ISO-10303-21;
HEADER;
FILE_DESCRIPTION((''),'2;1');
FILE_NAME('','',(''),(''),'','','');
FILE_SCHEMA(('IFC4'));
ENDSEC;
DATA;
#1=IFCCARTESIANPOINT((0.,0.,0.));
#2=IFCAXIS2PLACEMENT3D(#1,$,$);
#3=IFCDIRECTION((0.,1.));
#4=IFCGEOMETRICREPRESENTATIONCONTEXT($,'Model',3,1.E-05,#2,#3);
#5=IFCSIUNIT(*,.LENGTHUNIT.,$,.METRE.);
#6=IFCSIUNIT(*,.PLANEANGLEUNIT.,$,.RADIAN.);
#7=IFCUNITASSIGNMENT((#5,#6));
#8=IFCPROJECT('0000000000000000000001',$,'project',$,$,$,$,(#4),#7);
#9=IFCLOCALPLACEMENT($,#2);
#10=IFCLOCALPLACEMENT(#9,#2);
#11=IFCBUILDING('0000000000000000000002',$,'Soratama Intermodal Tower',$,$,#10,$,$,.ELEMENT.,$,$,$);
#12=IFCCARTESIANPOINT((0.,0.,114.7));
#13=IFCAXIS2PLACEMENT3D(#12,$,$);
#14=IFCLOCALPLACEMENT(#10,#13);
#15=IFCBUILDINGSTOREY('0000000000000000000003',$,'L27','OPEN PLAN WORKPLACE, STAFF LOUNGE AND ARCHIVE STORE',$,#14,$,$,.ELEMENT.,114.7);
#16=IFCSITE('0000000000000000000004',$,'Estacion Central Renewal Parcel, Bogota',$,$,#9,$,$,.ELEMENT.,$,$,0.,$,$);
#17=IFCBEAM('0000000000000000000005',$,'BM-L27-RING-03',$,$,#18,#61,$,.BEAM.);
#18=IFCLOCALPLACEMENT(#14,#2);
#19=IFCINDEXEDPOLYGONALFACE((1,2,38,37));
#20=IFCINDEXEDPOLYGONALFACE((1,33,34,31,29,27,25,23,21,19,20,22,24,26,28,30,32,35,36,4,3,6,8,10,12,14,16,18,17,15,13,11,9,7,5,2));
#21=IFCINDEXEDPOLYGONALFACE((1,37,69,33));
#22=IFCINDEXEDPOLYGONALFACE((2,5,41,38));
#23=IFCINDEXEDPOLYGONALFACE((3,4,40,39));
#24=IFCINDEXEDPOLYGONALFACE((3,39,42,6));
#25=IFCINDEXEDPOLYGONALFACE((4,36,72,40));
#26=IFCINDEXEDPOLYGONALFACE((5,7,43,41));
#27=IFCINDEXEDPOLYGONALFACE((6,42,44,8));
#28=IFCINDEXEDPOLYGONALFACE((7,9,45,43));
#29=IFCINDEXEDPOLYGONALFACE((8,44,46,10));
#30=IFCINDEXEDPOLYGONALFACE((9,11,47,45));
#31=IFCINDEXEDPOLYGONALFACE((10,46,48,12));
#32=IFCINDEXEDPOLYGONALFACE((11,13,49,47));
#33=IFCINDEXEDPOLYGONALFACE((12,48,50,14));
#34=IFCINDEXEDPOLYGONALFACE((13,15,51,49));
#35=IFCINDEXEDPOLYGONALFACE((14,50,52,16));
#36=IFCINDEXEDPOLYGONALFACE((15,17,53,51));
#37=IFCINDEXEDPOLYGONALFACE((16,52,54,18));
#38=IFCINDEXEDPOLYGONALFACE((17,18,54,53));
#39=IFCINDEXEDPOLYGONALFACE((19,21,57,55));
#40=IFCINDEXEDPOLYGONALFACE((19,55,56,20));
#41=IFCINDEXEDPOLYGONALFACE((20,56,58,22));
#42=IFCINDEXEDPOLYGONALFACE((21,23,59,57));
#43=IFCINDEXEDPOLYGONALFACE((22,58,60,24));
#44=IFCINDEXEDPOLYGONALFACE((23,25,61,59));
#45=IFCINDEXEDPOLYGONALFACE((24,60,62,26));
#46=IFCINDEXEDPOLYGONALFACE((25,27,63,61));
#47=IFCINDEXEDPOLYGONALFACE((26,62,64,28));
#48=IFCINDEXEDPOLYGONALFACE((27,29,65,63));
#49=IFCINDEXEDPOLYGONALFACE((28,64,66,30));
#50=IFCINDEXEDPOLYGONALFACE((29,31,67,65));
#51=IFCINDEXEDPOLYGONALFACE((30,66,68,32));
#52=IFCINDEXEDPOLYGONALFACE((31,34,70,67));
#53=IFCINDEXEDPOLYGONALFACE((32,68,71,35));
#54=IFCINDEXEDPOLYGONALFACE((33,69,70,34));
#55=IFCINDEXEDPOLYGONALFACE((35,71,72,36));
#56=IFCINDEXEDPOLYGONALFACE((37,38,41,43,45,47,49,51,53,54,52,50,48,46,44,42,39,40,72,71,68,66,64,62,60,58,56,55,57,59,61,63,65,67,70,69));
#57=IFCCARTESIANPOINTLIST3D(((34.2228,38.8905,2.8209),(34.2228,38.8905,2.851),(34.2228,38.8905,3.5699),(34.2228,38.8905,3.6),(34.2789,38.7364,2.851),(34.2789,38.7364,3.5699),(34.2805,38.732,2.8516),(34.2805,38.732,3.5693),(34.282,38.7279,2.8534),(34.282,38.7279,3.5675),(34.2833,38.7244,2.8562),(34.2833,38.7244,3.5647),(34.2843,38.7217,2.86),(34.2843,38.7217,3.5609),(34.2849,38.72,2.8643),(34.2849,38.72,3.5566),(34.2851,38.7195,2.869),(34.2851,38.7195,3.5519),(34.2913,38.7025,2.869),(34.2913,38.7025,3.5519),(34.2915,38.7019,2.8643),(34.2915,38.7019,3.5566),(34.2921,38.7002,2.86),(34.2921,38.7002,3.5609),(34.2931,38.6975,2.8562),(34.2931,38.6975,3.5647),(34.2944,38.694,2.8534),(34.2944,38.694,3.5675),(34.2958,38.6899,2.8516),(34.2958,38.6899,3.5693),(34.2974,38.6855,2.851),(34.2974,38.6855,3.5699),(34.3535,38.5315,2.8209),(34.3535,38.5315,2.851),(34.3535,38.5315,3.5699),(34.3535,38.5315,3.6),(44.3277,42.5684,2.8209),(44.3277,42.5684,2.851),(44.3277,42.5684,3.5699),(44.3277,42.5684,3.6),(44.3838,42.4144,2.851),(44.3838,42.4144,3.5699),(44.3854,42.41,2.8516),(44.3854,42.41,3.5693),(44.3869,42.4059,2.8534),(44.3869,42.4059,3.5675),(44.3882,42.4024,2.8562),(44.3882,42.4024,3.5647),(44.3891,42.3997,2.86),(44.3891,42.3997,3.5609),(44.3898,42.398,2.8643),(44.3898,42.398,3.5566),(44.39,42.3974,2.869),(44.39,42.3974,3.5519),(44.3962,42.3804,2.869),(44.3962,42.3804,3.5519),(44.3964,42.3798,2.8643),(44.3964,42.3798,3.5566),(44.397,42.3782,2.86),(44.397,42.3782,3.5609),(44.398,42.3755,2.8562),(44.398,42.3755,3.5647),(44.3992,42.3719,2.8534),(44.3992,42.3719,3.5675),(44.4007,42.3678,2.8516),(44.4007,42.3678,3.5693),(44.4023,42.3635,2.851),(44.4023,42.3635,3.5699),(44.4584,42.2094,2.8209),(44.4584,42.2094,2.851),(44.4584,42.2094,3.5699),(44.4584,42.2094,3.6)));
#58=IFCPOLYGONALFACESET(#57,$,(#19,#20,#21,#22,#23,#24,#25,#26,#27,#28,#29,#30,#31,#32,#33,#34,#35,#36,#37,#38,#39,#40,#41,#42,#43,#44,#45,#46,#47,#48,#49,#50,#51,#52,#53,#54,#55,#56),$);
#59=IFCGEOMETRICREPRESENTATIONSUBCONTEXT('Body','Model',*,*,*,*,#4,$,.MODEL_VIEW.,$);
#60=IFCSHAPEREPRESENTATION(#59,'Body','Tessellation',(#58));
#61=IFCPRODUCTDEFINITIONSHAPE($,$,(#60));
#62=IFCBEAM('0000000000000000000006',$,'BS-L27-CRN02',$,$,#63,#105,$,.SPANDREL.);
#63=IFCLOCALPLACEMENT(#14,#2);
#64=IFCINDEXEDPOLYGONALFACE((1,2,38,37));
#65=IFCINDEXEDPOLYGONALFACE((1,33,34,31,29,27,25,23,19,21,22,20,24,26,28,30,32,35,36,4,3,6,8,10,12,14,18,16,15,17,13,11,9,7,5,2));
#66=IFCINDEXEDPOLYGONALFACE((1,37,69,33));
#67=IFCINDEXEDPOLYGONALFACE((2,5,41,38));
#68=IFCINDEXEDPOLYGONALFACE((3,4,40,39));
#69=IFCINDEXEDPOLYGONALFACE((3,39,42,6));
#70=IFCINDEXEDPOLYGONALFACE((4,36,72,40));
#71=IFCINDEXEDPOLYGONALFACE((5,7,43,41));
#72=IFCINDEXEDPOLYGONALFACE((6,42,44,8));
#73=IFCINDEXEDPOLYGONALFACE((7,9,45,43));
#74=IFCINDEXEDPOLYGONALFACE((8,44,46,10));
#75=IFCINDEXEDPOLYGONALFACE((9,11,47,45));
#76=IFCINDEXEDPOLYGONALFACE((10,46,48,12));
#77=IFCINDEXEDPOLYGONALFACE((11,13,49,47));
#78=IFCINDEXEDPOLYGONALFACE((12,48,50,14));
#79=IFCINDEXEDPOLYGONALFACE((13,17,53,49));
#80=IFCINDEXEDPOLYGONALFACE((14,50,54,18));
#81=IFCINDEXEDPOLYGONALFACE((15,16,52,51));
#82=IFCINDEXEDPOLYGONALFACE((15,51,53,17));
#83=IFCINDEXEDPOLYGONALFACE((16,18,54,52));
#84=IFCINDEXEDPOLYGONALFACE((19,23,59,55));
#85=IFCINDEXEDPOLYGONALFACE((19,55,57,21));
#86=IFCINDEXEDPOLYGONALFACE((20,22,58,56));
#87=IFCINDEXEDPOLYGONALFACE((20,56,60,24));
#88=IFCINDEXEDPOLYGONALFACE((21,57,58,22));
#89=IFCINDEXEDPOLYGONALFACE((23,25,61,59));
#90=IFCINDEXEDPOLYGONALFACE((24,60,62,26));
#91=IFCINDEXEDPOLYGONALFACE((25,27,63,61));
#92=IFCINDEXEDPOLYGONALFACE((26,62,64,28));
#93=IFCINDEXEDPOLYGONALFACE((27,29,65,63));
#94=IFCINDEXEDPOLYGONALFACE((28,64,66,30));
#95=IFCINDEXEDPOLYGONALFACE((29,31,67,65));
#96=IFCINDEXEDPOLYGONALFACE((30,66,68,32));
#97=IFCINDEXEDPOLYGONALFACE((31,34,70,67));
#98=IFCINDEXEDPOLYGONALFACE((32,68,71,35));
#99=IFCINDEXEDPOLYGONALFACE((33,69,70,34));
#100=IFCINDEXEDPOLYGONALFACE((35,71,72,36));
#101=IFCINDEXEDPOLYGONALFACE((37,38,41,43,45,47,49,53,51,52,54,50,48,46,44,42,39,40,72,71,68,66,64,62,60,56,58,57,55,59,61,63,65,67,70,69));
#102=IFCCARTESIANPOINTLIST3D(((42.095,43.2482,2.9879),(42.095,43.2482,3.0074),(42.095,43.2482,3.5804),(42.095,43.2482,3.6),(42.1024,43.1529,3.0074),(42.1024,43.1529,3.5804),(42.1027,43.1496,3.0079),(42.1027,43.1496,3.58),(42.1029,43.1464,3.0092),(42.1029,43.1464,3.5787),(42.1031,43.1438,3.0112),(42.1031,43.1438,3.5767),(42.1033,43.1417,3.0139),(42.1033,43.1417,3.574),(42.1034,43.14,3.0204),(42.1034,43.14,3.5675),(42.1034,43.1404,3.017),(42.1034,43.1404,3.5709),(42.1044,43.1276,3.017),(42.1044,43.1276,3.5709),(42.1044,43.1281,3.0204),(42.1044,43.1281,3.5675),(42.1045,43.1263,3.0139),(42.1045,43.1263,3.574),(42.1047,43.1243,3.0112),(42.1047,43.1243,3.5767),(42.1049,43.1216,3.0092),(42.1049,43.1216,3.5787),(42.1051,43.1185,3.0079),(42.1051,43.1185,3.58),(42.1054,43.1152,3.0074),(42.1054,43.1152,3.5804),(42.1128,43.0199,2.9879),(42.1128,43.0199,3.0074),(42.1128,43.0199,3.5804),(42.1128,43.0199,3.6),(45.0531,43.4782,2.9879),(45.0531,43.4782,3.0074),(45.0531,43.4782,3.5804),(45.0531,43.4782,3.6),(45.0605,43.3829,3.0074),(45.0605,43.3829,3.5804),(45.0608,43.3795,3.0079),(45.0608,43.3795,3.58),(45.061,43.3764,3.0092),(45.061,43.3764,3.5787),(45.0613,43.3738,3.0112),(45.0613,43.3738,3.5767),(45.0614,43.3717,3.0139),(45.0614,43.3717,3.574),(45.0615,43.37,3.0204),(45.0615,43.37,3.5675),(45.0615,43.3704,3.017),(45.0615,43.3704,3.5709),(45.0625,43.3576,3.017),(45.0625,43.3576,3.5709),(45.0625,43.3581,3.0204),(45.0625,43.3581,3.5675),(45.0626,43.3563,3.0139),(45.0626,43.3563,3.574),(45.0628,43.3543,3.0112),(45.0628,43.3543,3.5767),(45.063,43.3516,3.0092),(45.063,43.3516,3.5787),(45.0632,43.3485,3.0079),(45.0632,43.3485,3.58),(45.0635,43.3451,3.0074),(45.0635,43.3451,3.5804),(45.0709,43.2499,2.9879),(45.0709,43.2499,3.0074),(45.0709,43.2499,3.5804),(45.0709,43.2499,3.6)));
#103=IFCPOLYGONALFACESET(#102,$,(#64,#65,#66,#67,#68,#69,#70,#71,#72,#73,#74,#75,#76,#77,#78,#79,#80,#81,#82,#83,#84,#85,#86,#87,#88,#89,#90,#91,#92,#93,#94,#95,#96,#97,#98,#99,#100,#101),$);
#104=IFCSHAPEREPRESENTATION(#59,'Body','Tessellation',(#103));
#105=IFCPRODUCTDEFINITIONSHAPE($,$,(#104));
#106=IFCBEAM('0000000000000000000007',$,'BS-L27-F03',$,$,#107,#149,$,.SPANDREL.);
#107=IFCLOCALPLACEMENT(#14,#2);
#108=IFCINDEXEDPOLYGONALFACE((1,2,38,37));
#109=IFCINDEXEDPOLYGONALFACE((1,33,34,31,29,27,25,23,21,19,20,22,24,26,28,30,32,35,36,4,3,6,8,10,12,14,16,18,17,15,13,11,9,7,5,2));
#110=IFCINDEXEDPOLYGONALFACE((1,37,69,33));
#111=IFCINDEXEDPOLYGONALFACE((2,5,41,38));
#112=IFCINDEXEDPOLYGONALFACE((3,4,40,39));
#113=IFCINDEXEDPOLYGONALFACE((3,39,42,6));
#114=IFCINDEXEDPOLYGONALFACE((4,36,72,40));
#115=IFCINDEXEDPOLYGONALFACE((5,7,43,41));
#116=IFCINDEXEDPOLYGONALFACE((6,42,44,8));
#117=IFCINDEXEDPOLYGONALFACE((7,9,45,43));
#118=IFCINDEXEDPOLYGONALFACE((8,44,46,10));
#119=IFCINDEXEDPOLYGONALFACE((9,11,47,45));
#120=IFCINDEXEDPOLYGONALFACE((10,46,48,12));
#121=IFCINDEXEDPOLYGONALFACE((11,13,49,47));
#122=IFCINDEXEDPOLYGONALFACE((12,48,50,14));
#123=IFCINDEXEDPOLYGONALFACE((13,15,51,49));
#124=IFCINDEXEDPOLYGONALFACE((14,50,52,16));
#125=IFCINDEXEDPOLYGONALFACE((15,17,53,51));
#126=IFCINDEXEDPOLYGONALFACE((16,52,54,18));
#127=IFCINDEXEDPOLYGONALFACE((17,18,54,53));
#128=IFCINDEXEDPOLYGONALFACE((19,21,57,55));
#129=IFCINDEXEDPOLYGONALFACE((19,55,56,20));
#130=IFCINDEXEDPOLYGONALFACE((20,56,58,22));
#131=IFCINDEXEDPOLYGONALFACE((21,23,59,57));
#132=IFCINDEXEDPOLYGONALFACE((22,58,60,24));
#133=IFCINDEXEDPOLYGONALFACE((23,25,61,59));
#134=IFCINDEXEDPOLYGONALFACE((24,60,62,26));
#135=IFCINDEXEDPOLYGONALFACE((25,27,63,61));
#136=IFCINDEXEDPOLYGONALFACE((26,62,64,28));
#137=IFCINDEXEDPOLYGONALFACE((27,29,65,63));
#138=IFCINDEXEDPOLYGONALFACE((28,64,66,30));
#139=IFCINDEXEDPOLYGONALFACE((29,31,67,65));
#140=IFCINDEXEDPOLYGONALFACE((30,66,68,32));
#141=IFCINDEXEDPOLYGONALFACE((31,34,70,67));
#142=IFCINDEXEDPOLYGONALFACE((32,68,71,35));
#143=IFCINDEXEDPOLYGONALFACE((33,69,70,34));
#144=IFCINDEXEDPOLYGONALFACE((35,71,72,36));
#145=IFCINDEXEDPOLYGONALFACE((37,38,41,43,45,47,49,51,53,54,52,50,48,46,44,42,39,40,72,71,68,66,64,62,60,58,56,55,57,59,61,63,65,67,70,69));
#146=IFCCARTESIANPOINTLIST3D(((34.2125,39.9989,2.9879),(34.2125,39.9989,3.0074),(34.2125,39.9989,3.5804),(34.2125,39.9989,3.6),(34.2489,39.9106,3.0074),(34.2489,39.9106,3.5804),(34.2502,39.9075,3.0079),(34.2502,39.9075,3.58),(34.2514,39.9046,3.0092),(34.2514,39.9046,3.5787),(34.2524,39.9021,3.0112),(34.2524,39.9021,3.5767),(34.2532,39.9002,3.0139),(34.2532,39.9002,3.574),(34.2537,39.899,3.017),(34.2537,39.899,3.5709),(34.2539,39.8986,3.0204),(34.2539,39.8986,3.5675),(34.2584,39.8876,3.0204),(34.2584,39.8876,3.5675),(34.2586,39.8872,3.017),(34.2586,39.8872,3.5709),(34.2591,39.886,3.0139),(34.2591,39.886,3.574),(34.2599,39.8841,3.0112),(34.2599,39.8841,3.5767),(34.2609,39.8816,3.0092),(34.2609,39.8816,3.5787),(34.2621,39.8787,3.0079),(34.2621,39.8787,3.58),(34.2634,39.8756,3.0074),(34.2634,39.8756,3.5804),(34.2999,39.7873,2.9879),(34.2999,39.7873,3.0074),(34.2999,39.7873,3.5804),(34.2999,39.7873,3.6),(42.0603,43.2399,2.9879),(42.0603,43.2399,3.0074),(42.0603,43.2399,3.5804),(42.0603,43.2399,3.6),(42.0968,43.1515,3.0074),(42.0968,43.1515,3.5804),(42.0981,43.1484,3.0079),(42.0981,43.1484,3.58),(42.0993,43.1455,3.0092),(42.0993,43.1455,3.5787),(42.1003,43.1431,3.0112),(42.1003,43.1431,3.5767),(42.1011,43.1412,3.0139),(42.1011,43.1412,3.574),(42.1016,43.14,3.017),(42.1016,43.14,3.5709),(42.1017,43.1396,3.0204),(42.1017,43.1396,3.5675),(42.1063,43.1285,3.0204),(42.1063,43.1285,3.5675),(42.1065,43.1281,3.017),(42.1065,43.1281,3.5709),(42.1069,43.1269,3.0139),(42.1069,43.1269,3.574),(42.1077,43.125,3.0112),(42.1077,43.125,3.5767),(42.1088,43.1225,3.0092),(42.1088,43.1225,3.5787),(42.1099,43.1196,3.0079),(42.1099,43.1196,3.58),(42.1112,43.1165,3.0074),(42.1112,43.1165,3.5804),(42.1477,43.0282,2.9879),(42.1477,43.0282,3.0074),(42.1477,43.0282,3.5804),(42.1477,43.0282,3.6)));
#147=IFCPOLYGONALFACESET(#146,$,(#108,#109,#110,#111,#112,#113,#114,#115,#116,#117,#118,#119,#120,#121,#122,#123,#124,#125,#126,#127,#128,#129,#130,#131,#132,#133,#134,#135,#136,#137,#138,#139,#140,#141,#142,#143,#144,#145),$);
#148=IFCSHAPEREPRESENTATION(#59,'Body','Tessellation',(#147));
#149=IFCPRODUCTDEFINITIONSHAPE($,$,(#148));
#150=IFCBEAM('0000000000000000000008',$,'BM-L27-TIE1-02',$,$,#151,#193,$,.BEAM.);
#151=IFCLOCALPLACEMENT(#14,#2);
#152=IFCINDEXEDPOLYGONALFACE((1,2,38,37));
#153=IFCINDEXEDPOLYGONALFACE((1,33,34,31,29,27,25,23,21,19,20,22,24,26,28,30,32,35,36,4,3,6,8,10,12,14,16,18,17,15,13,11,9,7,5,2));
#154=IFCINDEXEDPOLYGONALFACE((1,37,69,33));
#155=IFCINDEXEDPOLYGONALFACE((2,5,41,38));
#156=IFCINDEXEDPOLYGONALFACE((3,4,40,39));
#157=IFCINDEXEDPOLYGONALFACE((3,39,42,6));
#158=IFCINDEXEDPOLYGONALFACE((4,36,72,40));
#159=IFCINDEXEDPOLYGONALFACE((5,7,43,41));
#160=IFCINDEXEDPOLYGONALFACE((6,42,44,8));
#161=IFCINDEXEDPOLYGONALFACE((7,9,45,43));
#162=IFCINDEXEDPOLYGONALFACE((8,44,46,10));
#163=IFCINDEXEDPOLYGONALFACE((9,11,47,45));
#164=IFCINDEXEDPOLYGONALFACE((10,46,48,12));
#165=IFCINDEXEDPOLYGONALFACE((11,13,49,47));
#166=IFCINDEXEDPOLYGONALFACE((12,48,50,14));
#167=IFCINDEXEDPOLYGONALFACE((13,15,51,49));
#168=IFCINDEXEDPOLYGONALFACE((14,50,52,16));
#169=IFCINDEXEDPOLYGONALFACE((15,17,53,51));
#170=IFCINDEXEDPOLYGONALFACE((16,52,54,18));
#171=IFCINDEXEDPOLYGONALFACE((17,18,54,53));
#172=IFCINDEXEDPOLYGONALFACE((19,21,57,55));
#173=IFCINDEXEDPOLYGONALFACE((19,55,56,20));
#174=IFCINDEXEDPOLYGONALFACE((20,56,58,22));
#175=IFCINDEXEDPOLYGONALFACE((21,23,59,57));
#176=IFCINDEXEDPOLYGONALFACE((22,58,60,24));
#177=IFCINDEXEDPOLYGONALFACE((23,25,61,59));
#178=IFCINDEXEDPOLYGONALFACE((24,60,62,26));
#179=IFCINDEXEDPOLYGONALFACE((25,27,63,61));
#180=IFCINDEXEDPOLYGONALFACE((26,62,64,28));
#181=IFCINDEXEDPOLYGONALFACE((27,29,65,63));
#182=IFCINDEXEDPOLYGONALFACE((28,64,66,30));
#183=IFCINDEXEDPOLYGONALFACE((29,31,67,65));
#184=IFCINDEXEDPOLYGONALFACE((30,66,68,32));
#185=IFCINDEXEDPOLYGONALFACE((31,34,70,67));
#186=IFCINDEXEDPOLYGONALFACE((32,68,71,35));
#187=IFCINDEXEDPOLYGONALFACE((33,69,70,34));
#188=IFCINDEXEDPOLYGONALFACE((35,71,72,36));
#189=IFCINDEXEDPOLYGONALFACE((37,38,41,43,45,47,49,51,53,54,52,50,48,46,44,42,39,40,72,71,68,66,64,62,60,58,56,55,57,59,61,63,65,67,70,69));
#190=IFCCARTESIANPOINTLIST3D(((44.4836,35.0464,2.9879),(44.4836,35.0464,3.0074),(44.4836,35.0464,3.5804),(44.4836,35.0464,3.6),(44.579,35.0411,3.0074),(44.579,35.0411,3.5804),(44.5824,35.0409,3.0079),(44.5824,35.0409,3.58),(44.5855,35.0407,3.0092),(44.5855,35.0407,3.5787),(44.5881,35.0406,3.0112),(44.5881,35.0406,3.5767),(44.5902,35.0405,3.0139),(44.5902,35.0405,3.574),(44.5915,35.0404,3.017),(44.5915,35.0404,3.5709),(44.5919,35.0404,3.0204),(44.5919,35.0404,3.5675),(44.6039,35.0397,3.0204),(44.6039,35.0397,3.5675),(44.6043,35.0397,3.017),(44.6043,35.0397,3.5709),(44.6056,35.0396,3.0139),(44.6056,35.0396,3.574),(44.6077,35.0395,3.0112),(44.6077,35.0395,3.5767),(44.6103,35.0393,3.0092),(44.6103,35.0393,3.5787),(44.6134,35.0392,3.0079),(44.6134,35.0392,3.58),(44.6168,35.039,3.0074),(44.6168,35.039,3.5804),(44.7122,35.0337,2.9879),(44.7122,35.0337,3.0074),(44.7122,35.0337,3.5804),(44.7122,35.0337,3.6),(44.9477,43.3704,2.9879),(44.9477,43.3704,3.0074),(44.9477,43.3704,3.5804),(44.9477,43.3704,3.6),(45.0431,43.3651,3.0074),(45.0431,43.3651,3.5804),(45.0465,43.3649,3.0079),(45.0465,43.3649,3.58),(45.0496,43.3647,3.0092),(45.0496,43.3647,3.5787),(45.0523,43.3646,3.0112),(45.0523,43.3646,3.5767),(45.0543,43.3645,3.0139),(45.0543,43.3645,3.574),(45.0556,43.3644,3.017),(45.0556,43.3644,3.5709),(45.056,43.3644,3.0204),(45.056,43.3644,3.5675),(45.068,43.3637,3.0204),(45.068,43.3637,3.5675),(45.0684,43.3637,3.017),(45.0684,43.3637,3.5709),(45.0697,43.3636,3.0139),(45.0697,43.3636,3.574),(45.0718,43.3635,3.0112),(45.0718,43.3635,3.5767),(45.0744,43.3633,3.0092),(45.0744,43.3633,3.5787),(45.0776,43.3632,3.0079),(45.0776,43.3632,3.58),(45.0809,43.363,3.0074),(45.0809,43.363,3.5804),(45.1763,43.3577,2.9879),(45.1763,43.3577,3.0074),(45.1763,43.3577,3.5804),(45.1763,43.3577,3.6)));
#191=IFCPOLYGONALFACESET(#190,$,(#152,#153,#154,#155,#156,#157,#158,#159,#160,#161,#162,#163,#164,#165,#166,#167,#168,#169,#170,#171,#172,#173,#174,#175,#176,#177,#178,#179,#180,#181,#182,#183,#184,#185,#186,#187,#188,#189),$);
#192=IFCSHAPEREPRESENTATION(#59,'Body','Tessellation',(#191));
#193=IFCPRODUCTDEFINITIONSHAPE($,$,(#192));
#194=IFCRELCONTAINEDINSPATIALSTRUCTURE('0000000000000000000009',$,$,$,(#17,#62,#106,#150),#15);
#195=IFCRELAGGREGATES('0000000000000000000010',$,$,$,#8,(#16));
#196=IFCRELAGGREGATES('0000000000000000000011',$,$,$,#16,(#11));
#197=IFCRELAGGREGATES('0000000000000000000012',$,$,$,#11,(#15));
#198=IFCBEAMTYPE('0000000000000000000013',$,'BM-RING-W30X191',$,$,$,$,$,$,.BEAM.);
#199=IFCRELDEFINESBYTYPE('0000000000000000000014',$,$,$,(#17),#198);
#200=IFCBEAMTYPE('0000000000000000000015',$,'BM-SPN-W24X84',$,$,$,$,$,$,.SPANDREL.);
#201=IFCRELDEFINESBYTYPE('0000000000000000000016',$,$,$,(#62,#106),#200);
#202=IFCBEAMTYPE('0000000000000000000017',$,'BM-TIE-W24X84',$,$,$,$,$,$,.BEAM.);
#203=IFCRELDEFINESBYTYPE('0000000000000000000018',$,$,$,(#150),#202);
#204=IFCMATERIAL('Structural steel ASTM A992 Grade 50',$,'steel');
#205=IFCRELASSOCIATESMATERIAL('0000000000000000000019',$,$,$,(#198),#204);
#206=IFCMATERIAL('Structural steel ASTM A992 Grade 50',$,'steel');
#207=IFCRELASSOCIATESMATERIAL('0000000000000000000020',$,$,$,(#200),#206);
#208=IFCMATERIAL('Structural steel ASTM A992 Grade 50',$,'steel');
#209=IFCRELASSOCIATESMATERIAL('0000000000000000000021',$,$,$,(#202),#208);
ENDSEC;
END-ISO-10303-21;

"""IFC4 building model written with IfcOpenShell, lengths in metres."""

from ifc_helpers import new_model, si_unit, direction, frame, origin, origin_2d, place, context, subcontext, project, spatial, i_section, extrude, material, material_profile, profile_set, type_object, element, save


model = new_model("IFC4")

# Units and contexts
model_context = context("Model", 3, precision=1e-05, world=origin(), true_north=direction((0.0, 1.0)))
body_context = subcontext(model_context, "Body", "Model", "MODEL_VIEW")
ifc_project = project(units=[si_unit("LENGTHUNIT", "METRE"), si_unit("PLANEANGLEUNIT", "RADIAN")], contexts=[model_context])

# Site, building, storey
site_placement = place(None, origin())
site = spatial("IfcSite", under=ifc_project, at=site_placement, Name="Estacion Central Renewal Parcel, Bogota", CompositionType="ELEMENT", RefElevation=0.0)
building_placement = place(site_placement, origin())
building = spatial("IfcBuilding", under=site, at=building_placement, Name="Soratama Intermodal Tower", CompositionType="ELEMENT")
storey_placement = place(building_placement, frame((0.0, 0.0, 114.7)))
storey = spatial("IfcBuildingStorey", under=building, at=storey_placement, Name="L27", Description="OPEN PLAN WORKPLACE, STAFF LOUNGE AND ARCHIVE STORE", CompositionType="ELEMENT", Elevation=114.7)

# Beams
ifc_material_1 = material(Name="Structural steel ASTM A992 Grade 50", Category="steel")
ifc_material_profile_1 = material_profile(ifc_material_1, i_section(OverallWidth=0.3821, OverallDepth=0.7791, WebThickness=0.0181, FlangeThickness=0.03, FilletRadius=0.0181, at=origin_2d()), Name="W30X191")
ifc_profile_set_1 = profile_set([ifc_material_profile_1], Name="Structural steel ASTM A992 Grade 50")
beam_type_1 = type_object("IfcBeamType", Name="BM-RING-W30X191", PredefinedType="BEAM", material=ifc_profile_set_1)
beam_1_placement = place(storey_placement, frame((44.3931, 42.3889, 3.2104), z_axis=(-0.939691, -0.342026, 0.0), x_axis=(0.342026, -0.939691, 0.0)))
element("IfcBeam", 1, at=beam_1_placement, inside=storey, type_object=beam_type_1, Name="BM-L27-RING-03", PredefinedType="BEAM", context=body_context, shape_type="SweptSolid", body=[
    extrude(i_section(OverallWidth=0.3821, OverallDepth=0.7791, WebThickness=0.0181, FlangeThickness=0.03, FilletRadius=0.0181, at=origin_2d()), origin(), (0.0, 0.0, 1.0), 10.7534),
])
ifc_material_2 = material(Name="Structural steel ASTM A992 Grade 50", Category="steel")
ifc_material_profile_2 = material_profile(ifc_material_2, i_section(OverallWidth=0.229, OverallDepth=0.6121, WebThickness=0.012, FlangeThickness=0.0195, FilletRadius=0.0129, at=origin_2d()), Name="W24X84")
ifc_profile_set_2 = profile_set([ifc_material_profile_2], Name="Structural steel ASTM A992 Grade 50")
beam_type_2 = type_object("IfcBeamType", Name="BM-SPN-W24X84", PredefinedType="SPANDREL", material=ifc_profile_set_2)
beam_2_placement = place(storey_placement, frame((45.062, 43.364, 3.2939), z_axis=(-0.996991, -0.077515, 0.0), x_axis=(0.077515, -0.996991, 0.0)))
element("IfcBeam", 2, at=beam_2_placement, inside=storey, type_object=beam_type_2, Name="BS-L27-CRN02", PredefinedType="SPANDREL", context=body_context, shape_type="SweptSolid", body=[
    extrude(i_section(OverallWidth=0.229, OverallDepth=0.6121, WebThickness=0.012, FlangeThickness=0.0195, FilletRadius=0.0129, at=origin_2d()), origin(), (0.0, 0.0, 1.0), 2.967),
])
beam_3_placement = place(storey_placement, frame((42.104, 43.134, 3.2939), z_axis=(-0.924285, -0.381704, 0.0), x_axis=(0.381704, -0.924285, 0.0)))
element("IfcBeam", 3, at=beam_3_placement, inside=storey, type_object=beam_type_2, Name="BS-L27-F03", PredefinedType="SPANDREL", context=body_context, shape_type="SweptSolid", body=[
    extrude(i_section(OverallWidth=0.229, OverallDepth=0.6121, WebThickness=0.012, FlangeThickness=0.0195, FilletRadius=0.0129, at=origin_2d()), origin(), (0.0, 0.0, 1.0), 8.4907),
])
ifc_material_3 = material(Name="Structural steel ASTM A992 Grade 50", Category="steel")
ifc_material_profile_3 = material_profile(ifc_material_3, i_section(OverallWidth=0.229, OverallDepth=0.6121, WebThickness=0.012, FlangeThickness=0.0195, FilletRadius=0.0129, at=origin_2d()), Name="W24X84")
ifc_profile_set_3 = profile_set([ifc_material_profile_3], Name="Structural steel ASTM A992 Grade 50")
beam_type_3 = type_object("IfcBeamType", Name="BM-TIE-W24X84", PredefinedType="BEAM", material=ifc_profile_set_3)
beam_4_placement = place(storey_placement, frame((44.5979, 35.04, 3.2939), z_axis=(0.05567, 0.998449, 0.0), x_axis=(-0.998449, 0.05567, 0.0)))
element("IfcBeam", 4, at=beam_4_placement, inside=storey, type_object=beam_type_3, Name="BM-L27-TIE1-02", PredefinedType="BEAM", context=body_context, shape_type="SweptSolid", body=[
    extrude(i_section(OverallWidth=0.229, OverallDepth=0.6121, WebThickness=0.012, FlangeThickness=0.0195, FilletRadius=0.0129, at=origin_2d()), origin(), (0.0, 0.0, 1.0), 8.3369),
])

save(model, "model.ifc")
